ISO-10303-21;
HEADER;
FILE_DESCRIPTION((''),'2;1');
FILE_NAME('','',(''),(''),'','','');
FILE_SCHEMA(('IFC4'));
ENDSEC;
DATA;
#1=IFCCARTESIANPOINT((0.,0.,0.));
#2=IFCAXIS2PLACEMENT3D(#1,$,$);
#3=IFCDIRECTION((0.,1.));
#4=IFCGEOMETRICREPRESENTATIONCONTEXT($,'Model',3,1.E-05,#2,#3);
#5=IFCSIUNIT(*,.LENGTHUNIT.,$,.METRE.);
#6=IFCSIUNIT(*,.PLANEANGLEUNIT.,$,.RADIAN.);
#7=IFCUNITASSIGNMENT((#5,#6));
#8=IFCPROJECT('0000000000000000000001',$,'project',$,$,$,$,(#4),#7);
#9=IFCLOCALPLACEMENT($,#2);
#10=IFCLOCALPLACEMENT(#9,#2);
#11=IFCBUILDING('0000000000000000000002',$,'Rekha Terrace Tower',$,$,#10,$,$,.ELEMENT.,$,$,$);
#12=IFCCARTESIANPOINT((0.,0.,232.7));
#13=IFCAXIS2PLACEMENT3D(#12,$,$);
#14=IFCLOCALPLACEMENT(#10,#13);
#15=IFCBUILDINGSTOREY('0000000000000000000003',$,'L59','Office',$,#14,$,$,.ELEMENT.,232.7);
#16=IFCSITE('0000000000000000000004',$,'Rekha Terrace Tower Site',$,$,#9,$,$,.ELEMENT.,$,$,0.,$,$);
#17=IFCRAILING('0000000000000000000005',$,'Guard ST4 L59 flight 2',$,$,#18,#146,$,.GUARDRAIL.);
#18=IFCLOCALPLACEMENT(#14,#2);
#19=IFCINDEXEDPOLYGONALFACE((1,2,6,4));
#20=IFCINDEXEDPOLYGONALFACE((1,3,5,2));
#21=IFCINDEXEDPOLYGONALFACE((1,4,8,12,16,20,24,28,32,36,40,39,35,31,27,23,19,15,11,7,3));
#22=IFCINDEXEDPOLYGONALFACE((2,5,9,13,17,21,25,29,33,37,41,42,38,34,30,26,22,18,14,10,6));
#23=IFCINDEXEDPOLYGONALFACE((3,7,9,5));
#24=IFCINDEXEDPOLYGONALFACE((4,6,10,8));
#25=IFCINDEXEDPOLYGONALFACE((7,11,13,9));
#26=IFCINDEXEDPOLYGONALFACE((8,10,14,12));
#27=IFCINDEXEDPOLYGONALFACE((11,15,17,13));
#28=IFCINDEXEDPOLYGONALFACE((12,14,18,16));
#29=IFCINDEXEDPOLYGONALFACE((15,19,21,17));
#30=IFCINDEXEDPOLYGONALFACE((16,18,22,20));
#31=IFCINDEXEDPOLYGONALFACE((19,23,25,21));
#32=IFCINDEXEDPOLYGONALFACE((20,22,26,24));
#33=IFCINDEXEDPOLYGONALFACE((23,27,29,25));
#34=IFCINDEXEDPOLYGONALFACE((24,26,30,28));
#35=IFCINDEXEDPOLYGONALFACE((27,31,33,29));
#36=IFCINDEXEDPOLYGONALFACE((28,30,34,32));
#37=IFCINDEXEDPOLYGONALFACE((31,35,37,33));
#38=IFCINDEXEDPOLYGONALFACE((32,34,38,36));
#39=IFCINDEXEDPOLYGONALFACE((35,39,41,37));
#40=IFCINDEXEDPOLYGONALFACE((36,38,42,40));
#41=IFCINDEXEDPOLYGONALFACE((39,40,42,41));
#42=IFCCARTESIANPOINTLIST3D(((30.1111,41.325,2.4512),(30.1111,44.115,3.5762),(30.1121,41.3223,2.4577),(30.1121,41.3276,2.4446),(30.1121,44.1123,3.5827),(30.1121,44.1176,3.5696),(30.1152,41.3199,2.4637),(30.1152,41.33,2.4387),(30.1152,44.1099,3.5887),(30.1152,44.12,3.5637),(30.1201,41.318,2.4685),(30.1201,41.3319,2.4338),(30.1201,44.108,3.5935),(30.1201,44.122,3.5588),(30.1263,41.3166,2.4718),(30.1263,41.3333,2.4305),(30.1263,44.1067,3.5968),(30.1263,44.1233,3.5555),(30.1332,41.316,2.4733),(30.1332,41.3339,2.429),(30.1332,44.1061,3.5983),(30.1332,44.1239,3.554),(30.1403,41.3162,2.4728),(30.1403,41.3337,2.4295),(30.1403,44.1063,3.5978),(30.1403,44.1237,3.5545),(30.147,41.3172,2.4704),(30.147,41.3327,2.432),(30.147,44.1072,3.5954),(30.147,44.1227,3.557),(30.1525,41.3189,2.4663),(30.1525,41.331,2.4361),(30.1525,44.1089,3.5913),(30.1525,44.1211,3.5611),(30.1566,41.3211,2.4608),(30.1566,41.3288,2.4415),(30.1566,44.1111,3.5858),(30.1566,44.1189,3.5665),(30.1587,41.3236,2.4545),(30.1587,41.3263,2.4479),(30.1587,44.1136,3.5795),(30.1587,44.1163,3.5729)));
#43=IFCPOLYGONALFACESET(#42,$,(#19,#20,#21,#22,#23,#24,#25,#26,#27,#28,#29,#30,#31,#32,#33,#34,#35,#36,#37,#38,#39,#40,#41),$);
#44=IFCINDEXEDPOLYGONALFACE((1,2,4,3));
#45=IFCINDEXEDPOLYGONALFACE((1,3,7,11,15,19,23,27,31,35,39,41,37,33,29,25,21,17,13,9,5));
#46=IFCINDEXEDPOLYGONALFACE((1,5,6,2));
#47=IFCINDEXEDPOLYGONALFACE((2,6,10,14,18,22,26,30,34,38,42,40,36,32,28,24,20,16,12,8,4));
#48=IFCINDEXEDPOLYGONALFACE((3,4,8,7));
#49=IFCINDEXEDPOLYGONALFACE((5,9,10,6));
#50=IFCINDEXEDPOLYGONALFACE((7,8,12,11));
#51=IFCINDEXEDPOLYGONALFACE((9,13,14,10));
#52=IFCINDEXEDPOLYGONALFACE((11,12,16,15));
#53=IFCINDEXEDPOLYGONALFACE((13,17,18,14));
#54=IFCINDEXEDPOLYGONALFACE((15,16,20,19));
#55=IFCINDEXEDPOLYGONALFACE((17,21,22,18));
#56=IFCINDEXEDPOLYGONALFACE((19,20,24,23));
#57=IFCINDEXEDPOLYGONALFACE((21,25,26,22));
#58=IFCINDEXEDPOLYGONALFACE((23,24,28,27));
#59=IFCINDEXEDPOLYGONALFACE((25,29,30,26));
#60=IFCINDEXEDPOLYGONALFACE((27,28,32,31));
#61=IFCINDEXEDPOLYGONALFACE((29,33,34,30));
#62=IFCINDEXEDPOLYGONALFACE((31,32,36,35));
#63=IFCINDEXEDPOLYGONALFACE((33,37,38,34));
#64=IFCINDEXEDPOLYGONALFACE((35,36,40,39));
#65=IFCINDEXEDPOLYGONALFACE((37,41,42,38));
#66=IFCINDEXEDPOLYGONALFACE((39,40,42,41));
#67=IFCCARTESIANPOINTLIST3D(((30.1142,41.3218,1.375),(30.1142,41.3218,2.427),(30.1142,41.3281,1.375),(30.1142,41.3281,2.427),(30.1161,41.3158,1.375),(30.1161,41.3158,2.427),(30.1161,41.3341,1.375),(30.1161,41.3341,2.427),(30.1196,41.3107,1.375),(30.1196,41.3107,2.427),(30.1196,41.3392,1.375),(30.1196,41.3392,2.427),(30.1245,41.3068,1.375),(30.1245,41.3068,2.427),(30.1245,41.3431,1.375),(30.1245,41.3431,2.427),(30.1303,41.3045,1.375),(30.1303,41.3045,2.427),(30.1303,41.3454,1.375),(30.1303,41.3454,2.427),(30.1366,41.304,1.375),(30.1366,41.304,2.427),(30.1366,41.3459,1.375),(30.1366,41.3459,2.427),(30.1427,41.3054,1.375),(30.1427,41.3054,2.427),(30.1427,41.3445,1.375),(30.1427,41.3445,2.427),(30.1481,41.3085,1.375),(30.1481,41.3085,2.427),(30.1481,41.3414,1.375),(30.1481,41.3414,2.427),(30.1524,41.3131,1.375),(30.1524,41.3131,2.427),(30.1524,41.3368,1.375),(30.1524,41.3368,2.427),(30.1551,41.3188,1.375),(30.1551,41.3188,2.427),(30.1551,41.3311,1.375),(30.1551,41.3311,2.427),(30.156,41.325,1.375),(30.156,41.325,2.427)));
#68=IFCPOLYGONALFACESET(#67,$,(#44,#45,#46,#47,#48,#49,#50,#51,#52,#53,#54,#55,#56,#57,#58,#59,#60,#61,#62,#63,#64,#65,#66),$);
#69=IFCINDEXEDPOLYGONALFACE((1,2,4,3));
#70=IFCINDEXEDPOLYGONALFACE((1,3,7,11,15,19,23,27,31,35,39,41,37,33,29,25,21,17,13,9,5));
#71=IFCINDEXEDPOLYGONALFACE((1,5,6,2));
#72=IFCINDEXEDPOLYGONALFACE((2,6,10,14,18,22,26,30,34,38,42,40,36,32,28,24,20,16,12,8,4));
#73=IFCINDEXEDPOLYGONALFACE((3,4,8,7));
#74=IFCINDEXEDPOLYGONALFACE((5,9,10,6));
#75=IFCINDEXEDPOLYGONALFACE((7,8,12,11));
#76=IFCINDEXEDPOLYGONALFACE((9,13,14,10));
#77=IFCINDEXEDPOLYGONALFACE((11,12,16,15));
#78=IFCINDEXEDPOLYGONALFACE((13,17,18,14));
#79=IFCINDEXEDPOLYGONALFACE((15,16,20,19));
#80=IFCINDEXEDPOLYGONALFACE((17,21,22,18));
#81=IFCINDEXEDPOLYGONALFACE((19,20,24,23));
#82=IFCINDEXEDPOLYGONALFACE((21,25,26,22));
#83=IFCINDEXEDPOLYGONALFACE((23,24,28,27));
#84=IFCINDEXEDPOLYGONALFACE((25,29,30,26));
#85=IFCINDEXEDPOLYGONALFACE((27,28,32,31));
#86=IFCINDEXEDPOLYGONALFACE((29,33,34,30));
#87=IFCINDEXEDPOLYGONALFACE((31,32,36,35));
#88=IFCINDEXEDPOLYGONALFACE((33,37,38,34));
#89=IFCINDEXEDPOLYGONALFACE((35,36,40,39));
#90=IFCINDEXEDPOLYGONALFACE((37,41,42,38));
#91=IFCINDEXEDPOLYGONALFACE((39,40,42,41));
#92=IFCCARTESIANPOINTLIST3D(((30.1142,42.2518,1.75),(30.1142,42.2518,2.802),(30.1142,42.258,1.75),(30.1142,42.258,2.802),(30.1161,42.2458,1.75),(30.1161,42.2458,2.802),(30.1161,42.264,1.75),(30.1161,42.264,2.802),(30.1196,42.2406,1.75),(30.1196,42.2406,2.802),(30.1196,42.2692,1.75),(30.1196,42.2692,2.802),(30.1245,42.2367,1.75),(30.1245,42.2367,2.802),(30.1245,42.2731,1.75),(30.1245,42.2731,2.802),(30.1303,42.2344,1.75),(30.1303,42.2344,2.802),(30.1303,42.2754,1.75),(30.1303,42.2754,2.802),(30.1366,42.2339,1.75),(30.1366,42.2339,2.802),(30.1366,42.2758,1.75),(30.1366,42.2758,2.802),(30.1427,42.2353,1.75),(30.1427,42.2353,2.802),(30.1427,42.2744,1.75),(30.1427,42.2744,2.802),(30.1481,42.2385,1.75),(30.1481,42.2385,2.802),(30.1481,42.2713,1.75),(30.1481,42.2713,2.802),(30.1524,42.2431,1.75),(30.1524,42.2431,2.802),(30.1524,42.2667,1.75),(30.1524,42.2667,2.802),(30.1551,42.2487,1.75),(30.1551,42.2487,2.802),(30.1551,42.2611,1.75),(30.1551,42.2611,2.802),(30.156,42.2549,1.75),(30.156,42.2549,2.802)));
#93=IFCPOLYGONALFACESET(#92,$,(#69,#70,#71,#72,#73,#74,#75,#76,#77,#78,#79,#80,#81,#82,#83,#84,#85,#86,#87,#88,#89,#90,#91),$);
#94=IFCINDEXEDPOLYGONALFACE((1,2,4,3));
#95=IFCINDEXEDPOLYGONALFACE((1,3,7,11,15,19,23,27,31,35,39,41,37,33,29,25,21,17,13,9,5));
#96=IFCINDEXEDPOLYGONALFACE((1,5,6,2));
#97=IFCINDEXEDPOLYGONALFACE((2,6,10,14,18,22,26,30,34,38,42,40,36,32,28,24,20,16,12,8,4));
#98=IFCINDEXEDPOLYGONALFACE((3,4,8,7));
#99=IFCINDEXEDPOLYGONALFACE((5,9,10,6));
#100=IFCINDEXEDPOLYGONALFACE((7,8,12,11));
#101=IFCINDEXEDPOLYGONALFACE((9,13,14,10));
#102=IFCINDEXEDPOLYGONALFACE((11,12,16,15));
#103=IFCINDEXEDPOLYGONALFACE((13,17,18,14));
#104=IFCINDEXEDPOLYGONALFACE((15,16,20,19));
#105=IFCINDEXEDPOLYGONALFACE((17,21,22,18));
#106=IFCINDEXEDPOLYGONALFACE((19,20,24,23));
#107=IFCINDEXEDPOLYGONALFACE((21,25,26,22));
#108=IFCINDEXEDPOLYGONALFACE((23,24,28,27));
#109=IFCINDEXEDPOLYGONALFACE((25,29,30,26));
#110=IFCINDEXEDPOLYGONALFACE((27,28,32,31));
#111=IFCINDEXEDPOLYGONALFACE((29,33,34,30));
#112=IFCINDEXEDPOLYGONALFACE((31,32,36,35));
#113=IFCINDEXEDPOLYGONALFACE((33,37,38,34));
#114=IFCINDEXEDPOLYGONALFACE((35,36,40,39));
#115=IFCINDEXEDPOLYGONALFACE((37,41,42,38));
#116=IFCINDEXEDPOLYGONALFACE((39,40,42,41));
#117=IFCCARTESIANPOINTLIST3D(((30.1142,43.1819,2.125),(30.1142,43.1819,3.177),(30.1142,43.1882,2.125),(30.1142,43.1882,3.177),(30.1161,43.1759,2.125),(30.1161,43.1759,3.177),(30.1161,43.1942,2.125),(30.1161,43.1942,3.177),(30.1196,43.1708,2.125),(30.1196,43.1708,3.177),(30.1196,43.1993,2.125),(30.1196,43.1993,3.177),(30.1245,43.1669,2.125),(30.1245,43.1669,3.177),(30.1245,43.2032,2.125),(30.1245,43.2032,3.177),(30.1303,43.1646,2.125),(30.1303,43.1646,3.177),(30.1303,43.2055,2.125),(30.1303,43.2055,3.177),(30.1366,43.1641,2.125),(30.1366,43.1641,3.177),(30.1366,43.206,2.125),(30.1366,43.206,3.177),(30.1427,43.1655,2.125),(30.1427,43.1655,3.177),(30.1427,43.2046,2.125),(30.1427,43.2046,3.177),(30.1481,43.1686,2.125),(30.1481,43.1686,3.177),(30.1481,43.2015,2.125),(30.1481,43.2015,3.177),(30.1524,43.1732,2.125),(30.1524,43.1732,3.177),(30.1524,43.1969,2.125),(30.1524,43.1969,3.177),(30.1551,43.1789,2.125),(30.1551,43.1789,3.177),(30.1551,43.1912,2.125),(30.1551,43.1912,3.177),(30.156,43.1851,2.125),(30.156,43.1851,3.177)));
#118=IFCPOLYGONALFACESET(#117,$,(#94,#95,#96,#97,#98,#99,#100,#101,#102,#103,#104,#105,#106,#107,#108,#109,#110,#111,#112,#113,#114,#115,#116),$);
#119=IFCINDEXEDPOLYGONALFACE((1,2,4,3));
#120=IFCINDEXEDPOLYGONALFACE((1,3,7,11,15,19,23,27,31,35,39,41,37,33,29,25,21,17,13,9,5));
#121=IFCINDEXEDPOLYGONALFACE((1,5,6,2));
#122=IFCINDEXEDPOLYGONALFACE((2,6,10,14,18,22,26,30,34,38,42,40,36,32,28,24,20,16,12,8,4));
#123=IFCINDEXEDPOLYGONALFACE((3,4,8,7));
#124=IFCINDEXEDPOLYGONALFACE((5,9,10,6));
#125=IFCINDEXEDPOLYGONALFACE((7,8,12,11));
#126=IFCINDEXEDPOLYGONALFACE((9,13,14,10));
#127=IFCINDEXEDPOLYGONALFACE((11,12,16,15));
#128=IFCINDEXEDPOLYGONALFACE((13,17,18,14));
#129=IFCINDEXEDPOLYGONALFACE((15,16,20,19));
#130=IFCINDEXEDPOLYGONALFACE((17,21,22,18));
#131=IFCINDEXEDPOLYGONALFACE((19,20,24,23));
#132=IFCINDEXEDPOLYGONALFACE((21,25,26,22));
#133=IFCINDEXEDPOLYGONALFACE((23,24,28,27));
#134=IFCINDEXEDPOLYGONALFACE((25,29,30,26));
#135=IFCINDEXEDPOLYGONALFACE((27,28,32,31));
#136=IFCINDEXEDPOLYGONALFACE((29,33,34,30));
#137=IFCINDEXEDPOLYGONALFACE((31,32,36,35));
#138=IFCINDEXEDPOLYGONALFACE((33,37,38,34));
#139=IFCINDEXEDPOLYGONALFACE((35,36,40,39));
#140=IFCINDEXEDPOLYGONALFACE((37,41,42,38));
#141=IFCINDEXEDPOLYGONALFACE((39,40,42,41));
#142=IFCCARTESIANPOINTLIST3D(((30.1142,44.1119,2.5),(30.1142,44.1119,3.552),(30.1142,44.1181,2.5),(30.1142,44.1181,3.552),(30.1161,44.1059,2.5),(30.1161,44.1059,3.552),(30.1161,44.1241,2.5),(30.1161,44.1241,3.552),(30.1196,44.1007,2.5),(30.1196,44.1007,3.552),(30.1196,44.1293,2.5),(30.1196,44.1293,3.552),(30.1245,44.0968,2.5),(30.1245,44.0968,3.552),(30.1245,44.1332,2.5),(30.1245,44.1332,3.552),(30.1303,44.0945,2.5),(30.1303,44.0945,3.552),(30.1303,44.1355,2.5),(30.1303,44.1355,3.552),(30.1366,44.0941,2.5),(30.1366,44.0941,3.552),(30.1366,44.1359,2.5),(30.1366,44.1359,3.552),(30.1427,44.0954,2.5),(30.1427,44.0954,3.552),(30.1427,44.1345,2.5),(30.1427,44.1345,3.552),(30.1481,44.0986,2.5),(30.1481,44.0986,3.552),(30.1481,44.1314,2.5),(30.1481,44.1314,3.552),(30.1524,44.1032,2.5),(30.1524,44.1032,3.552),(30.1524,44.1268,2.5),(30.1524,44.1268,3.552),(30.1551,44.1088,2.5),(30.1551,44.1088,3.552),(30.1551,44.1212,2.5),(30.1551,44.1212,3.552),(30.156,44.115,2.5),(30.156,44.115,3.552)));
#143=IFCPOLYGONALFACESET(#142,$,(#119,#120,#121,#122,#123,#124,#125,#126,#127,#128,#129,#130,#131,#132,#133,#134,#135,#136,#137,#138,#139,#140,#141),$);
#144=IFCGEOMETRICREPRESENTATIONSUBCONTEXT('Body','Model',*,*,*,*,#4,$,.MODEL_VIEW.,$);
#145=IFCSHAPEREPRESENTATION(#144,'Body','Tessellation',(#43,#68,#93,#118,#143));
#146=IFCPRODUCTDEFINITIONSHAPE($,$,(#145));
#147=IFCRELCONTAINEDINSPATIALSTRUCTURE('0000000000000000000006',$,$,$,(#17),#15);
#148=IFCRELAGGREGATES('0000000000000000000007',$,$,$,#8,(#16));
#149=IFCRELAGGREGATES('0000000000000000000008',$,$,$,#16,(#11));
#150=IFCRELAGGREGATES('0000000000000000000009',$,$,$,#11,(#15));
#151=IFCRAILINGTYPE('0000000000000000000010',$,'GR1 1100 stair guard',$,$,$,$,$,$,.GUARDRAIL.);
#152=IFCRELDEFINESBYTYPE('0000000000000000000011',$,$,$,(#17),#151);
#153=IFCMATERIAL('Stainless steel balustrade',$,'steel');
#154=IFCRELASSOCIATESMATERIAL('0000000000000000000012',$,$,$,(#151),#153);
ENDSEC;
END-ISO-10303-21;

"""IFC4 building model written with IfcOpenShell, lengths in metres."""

from ifc_helpers import new_model, si_unit, direction, frame, origin, origin_2d, place, context, subcontext, project, spatial, circle, extrude, material, type_object, element, save


model = new_model("IFC4")

# Units and contexts
model_context = context("Model", 3, precision=1e-05, world=origin(), true_north=direction((0.0, 1.0)))
body_context = subcontext(model_context, "Body", "Model", "MODEL_VIEW")
ifc_project = project(units=[si_unit("LENGTHUNIT", "METRE"), si_unit("PLANEANGLEUNIT", "RADIAN")], contexts=[model_context])

# Site, building, storey
site_placement = place(None, origin())
site = spatial("IfcSite", under=ifc_project, at=site_placement, Name="Rekha Terrace Tower Site", CompositionType="ELEMENT", RefElevation=0.0)
building_placement = place(site_placement, origin())
building = spatial("IfcBuilding", under=site, at=building_placement, Name="Rekha Terrace Tower", CompositionType="ELEMENT")
storey_placement = place(building_placement, frame((0.0, 0.0, 232.7)))
storey = spatial("IfcBuildingStorey", under=building, at=storey_placement, Name="L59", Description="Office", CompositionType="ELEMENT", Elevation=232.7)

# Railing
ifc_material_1 = material(Name="Stainless steel balustrade", Category="steel")
railing_type_1 = type_object("IfcRailingType", Name="GR1 1100 stair guard", PredefinedType="GUARDRAIL", material=ifc_material_1)
railing_1_placement = place(storey_placement, frame((30.135, 41.325, 1.375)))
element("IfcRailing", 1, at=railing_1_placement, inside=storey, type_object=railing_type_1, Name="Guard ST4 L59 flight 2", PredefinedType="GUARDRAIL", context=body_context, shape_type="SweptSolid", body=[
    extrude(circle(Radius=0.0239, at=origin_2d()), frame((0.0, 0.0, 1.0762), z_axis=(0.0, 0.927443, 0.373964), x_axis=(-1.0, 0.0, 0.0)), (0.0, 0.0, 1.0), 3.0083),
    extrude(circle(Radius=0.021, at=origin_2d()), origin(), (0.0, 0.0, 1.0), 1.052),
    extrude(circle(Radius=0.021, at=origin_2d()), frame((0.0, 0.9299, 0.375)), (0.0, 0.0, 1.0), 1.052),
    extrude(circle(Radius=0.021, at=origin_2d()), frame((0.0, 1.8601, 0.75)), (0.0, 0.0, 1.0), 1.052),
    extrude(circle(Radius=0.021, at=origin_2d()), frame((0.0, 2.79, 1.125)), (0.0, 0.0, 1.0), 1.052),
])

save(model, "model.ifc")
